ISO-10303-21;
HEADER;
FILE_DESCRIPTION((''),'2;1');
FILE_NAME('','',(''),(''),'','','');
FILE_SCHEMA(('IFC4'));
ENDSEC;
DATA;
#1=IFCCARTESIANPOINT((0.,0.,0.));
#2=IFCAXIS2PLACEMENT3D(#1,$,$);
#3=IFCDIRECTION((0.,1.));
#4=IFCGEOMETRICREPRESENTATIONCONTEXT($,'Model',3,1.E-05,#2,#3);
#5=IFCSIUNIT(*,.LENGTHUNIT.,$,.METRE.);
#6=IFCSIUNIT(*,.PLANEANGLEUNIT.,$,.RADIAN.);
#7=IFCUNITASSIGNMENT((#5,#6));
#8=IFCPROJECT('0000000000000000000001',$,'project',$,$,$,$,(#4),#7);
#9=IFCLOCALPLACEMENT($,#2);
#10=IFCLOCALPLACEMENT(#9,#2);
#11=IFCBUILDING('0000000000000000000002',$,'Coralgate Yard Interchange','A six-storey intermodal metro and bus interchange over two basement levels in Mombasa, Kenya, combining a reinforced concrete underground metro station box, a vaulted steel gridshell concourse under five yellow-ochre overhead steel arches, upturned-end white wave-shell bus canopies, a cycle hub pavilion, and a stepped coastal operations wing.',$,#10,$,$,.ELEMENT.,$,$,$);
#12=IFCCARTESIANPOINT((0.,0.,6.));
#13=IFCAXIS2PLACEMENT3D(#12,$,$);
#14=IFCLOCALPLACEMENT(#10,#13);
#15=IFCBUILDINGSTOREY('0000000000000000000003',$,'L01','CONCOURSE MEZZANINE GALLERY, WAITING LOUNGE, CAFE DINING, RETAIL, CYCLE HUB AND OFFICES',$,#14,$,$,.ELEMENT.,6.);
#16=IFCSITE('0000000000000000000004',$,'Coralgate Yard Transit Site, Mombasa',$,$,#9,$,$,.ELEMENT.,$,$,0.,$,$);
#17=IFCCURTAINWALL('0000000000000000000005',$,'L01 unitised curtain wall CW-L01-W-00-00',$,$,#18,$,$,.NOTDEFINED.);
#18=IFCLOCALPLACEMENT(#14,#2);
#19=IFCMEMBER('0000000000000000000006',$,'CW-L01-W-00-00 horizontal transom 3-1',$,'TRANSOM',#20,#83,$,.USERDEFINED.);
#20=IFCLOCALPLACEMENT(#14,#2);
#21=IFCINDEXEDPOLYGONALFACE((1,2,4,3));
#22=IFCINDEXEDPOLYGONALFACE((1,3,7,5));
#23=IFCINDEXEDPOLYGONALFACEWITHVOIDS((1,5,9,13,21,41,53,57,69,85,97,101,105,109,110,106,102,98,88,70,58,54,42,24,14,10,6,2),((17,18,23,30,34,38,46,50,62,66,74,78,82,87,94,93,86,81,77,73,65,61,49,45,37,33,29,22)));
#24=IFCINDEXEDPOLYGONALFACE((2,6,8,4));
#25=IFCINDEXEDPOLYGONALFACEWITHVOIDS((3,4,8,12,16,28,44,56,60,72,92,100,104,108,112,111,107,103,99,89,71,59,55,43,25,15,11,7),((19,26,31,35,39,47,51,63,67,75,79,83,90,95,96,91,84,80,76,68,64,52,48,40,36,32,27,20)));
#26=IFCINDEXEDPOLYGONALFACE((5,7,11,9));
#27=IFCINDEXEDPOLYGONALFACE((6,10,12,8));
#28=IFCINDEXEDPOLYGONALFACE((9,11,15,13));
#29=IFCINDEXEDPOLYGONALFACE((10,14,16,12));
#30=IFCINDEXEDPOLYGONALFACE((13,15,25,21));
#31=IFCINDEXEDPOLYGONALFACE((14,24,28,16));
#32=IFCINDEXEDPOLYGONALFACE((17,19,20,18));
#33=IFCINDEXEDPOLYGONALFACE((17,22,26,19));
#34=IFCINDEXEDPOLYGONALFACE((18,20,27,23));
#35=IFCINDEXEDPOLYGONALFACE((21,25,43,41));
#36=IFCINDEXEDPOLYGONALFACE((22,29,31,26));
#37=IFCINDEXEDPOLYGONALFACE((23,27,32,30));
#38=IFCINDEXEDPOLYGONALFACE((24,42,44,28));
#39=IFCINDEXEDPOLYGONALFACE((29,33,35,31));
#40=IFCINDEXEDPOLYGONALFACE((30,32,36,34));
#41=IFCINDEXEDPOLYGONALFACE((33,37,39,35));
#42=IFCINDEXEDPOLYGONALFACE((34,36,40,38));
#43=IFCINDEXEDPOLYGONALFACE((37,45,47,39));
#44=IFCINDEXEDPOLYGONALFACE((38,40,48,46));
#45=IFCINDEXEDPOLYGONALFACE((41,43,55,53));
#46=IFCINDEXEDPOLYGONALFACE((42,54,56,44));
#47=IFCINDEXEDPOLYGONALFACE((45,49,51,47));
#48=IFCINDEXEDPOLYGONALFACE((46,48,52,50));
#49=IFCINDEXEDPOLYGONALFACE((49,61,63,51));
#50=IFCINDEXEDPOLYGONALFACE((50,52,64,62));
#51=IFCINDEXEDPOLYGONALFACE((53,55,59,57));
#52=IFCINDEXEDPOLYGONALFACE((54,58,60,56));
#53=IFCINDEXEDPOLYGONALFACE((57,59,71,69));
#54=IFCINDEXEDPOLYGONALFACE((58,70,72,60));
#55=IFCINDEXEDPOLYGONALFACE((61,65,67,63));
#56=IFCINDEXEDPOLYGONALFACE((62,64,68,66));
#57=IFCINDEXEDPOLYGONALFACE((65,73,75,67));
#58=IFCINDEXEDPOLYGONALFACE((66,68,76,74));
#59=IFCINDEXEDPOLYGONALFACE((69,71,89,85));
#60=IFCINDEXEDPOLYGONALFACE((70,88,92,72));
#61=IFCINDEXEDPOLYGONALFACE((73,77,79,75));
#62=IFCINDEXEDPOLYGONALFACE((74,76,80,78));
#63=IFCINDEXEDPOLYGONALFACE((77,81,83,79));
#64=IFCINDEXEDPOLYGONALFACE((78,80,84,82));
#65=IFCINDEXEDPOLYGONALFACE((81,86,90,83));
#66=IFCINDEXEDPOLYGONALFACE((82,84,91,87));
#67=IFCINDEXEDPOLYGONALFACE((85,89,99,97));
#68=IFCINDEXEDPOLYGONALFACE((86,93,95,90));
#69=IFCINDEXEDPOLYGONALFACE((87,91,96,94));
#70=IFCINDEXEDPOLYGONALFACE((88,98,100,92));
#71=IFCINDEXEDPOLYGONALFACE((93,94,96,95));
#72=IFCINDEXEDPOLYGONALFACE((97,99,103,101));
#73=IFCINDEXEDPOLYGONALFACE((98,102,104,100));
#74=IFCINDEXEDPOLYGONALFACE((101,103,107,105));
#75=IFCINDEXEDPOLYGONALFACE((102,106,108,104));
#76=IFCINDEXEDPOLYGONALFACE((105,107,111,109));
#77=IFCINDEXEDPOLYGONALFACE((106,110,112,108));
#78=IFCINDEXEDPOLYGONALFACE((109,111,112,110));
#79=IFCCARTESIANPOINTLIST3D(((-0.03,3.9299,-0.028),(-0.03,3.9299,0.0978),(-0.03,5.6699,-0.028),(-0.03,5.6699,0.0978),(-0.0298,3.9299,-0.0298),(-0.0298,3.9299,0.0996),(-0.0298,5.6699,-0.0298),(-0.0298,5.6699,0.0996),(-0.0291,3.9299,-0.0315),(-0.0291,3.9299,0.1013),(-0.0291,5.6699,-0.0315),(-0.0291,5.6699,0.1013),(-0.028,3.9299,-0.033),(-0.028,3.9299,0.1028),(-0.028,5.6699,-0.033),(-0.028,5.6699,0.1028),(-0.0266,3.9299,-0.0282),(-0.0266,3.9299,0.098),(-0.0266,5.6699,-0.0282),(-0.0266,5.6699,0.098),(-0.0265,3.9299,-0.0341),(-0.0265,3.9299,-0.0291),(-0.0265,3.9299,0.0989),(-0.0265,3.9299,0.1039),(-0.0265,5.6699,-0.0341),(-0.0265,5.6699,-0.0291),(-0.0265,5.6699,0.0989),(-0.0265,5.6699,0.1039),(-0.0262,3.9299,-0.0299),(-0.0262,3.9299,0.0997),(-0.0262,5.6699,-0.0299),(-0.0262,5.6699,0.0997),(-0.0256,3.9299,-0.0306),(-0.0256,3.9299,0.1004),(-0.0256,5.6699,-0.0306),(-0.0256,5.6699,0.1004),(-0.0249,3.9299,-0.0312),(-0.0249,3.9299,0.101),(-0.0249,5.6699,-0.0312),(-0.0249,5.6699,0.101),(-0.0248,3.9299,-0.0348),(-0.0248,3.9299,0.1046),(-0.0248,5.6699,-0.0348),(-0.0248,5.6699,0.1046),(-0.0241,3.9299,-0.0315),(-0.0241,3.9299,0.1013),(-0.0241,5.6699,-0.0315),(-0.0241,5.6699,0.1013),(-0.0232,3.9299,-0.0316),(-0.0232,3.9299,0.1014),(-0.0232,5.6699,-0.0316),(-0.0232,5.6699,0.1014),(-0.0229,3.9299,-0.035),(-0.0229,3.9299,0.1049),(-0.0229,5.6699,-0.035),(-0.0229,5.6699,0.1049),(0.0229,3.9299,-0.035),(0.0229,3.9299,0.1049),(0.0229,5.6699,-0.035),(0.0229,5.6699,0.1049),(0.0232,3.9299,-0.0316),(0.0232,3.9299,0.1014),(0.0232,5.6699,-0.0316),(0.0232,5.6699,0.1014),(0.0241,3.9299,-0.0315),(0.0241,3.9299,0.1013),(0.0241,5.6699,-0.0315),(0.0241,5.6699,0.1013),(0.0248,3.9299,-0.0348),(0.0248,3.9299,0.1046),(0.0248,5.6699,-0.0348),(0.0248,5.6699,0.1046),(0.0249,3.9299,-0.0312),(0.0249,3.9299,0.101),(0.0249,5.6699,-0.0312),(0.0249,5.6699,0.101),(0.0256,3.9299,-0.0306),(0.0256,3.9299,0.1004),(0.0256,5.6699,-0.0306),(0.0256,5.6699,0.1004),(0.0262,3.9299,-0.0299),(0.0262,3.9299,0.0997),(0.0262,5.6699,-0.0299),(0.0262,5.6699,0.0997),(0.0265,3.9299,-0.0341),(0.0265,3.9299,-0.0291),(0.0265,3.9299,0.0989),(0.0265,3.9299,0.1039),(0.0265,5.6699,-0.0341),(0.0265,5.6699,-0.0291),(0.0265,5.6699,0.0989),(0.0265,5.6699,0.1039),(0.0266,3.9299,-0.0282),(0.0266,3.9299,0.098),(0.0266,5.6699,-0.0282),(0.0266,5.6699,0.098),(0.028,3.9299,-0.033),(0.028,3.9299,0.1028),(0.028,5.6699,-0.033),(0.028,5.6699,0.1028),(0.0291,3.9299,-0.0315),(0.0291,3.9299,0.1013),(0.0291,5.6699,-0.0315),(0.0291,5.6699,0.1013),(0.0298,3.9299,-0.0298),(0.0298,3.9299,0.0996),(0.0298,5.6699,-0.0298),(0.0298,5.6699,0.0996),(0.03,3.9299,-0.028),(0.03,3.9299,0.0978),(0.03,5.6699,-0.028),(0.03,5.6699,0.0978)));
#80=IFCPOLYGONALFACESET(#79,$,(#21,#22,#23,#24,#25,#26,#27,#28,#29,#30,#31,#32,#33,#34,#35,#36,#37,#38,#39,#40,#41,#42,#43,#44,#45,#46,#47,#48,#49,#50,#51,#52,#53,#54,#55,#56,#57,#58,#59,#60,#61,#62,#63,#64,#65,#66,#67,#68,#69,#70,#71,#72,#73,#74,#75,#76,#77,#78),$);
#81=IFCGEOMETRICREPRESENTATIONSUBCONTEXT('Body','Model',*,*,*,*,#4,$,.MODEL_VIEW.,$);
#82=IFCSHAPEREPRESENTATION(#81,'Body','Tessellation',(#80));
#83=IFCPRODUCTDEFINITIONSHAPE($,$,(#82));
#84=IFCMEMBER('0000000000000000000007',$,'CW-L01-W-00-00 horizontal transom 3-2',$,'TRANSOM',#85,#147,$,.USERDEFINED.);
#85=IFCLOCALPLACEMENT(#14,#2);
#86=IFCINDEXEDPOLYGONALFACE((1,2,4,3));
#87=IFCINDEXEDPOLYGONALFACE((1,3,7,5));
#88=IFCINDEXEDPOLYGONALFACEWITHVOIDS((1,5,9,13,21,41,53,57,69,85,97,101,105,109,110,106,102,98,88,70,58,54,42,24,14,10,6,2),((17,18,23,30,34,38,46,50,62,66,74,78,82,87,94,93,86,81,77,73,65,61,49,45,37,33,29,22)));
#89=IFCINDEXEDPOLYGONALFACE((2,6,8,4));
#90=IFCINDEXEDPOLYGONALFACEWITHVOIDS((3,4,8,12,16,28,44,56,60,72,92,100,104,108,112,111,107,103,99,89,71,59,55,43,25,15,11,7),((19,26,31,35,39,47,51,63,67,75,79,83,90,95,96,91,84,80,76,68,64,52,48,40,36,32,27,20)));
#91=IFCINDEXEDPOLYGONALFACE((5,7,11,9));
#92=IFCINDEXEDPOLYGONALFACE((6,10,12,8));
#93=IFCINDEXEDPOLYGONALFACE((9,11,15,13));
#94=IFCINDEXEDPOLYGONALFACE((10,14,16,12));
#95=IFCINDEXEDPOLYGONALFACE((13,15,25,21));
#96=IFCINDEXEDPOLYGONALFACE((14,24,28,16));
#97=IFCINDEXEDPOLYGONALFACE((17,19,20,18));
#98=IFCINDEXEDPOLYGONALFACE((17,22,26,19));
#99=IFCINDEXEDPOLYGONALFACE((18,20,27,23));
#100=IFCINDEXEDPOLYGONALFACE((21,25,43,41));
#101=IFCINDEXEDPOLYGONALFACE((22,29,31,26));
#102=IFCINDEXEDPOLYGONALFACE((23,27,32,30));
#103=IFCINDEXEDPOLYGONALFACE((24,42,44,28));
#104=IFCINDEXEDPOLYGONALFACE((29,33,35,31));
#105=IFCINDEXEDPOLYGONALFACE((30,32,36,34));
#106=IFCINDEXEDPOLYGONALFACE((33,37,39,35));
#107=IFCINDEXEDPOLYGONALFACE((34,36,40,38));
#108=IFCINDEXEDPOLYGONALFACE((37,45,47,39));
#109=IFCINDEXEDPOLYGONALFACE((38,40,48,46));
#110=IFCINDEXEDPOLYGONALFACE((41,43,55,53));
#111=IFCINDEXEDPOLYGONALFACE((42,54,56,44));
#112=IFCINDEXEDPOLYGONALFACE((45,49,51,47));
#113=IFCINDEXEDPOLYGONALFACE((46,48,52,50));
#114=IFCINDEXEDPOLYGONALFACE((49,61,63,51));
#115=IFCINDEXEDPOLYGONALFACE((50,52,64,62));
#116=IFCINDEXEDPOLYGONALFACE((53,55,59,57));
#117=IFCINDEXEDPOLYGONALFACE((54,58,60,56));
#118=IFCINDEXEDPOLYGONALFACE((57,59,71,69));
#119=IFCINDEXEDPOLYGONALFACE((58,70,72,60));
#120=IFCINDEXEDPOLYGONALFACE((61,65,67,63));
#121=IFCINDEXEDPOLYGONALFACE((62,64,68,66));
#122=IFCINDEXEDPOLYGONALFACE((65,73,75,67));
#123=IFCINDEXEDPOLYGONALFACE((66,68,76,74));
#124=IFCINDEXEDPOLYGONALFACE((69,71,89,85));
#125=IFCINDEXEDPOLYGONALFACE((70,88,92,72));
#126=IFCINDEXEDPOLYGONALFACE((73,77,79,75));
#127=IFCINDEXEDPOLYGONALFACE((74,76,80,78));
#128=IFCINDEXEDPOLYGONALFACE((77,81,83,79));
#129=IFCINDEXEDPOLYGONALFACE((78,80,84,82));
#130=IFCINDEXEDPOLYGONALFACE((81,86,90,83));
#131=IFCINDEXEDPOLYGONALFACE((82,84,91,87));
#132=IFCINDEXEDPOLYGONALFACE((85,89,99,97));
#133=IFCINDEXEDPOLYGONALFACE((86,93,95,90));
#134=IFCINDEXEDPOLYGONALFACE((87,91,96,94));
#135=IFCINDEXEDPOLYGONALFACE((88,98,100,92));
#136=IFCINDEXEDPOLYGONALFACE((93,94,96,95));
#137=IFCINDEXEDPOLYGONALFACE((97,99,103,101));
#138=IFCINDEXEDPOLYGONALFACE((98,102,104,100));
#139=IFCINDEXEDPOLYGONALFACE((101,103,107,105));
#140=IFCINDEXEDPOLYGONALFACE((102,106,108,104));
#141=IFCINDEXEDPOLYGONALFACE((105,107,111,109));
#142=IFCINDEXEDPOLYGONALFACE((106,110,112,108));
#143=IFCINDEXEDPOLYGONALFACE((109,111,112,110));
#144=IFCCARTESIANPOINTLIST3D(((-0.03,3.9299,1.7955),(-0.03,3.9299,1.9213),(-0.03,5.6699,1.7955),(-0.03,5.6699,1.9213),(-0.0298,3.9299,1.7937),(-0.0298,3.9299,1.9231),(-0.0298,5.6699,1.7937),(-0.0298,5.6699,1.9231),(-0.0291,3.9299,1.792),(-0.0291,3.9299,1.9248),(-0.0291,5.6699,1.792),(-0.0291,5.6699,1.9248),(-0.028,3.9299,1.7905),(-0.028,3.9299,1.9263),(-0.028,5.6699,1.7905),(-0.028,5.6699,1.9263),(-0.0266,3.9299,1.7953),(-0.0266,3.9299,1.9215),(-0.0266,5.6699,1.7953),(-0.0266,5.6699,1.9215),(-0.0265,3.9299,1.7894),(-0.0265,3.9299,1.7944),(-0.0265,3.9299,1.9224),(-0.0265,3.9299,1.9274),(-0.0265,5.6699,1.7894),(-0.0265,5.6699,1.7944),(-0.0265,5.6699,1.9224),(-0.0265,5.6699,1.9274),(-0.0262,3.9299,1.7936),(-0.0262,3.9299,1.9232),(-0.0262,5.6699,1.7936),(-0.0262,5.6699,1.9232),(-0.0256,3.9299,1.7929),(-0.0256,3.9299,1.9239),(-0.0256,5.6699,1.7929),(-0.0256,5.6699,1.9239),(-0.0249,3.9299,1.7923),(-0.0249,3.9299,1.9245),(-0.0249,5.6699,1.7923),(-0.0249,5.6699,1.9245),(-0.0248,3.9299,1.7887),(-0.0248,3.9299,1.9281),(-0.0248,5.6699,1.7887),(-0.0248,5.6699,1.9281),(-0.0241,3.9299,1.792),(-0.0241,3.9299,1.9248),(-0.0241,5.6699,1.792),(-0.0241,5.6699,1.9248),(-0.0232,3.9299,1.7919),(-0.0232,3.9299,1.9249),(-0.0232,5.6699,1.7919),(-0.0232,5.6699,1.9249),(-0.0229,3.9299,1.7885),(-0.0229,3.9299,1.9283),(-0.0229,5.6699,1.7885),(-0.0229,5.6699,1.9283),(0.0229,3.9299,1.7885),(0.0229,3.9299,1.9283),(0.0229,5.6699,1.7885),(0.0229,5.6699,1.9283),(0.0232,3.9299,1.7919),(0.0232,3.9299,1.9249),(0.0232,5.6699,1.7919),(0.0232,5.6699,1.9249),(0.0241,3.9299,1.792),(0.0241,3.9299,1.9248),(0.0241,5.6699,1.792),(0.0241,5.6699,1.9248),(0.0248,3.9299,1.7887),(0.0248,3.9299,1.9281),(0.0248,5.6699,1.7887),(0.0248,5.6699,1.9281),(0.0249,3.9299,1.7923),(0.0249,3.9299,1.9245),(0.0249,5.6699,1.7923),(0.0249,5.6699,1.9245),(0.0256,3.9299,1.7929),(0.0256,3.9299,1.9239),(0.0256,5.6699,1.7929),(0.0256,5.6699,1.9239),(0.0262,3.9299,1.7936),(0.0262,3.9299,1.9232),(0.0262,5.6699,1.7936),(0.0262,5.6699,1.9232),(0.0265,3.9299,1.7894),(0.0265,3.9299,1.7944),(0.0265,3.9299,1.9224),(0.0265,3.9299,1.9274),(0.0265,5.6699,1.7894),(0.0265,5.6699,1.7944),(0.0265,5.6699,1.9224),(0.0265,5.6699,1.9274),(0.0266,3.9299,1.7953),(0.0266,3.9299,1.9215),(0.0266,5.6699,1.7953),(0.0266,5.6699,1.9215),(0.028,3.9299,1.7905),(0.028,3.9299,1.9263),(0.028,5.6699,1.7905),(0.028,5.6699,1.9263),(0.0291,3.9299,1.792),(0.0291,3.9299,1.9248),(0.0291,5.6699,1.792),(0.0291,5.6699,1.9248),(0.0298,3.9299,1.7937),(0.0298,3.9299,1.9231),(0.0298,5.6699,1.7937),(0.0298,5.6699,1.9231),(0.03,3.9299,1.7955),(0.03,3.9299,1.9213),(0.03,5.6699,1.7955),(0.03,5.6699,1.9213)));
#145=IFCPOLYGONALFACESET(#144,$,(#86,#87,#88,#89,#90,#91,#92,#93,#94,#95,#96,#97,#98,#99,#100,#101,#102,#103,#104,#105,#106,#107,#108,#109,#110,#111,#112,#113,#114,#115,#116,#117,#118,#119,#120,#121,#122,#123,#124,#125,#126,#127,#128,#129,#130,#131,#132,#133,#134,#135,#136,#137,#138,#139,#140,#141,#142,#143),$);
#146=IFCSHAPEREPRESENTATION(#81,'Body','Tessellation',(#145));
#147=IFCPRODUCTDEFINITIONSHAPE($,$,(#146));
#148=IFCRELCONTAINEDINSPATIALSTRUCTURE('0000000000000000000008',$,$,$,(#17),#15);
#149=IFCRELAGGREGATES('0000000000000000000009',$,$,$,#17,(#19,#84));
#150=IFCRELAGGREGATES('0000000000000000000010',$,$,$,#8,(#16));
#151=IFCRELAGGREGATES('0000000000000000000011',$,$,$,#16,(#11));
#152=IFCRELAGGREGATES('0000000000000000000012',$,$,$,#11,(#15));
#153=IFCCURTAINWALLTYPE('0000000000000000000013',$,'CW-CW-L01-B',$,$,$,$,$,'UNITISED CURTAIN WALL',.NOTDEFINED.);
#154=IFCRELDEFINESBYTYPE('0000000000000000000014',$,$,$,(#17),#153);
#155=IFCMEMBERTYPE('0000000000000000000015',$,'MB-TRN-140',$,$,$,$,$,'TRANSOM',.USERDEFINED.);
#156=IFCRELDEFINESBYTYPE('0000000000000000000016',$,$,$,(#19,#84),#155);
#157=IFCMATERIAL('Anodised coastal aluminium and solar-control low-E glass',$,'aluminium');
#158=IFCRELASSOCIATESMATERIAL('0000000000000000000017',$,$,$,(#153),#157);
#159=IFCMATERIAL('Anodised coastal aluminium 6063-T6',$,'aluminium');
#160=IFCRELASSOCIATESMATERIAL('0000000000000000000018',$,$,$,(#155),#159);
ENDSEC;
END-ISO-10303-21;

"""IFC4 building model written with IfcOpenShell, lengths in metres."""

from ifc_helpers import new_model, si_unit, direction, frame, origin, origin_2d, place, context, subcontext, project, spatial, hollow_rectangle, extrude, material, material_profile, profile_set, type_object, element, aggregate, save


model = new_model("IFC4")

# Units and contexts
model_context = context("Model", 3, precision=1e-05, world=origin(), true_north=direction((0.0, 1.0)))
body_context = subcontext(model_context, "Body", "Model", "MODEL_VIEW")
ifc_project = project(units=[si_unit("LENGTHUNIT", "METRE"), si_unit("PLANEANGLEUNIT", "RADIAN")], contexts=[model_context])

# Site, building, storey
site_placement = place(None, origin())
site = spatial("IfcSite", under=ifc_project, at=site_placement, Name="Coralgate Yard Transit Site, Mombasa", CompositionType="ELEMENT", RefElevation=0.0)
building_placement = place(site_placement, origin())
building = spatial("IfcBuilding", under=site, at=building_placement, Name="Coralgate Yard Interchange", Description="A six-storey intermodal metro and bus interchange over two basement levels in Mombasa, Kenya, combining a reinforced concrete underground metro station box, a vaulted steel gridshell concourse under five yellow-ochre overhead steel arches, upturned-end white wave-shell bus canopies, a cycle hub pavilion, and a stepped coastal operations wing.", CompositionType="ELEMENT")
storey_placement = place(building_placement, frame((0.0, 0.0, 6.0)))
storey = spatial("IfcBuildingStorey", under=building, at=storey_placement, Name="L01", Description="CONCOURSE MEZZANINE GALLERY, WAITING LOUNGE, CAFE DINING, RETAIL, CYCLE HUB AND OFFICES", CompositionType="ELEMENT", Elevation=6.0)

# Curtain wall, members
ifc_material_1 = material(Name="Anodised coastal aluminium and solar-control low-E glass", Category="aluminium")
curtain_wall_type = type_object("IfcCurtainWallType", Name="CW-CW-L01-B", ElementType="UNITISED CURTAIN WALL", PredefinedType="NOTDEFINED", material=ifc_material_1)
curtain_wall_placement = place(storey_placement, origin())
curtain_wall = element("IfcCurtainWall", 1, at=curtain_wall_placement, inside=storey, type_object=curtain_wall_type, Name="L01 unitised curtain wall CW-L01-W-00-00", PredefinedType="NOTDEFINED")
ifc_material_2 = material(Name="Anodised coastal aluminium 6063-T6", Category="aluminium")
ifc_material_profile_1 = material_profile(ifc_material_2, hollow_rectangle(XDim=0.0601, YDim=0.1399, WallThickness=0.0034, InnerFilletRadius=0.0034, OuterFilletRadius=0.0071, at=origin_2d()), Name="ALU 60x140x3.5")
ifc_profile_set_1 = profile_set([ifc_material_profile_1], Name="Anodised coastal aluminium 6063-T6")
member_type_1 = type_object("IfcMemberType", Name="MB-TRN-140", ElementType="TRANSOM", PredefinedType="USERDEFINED", material=ifc_profile_set_1)
member_1_placement = place(storey_placement, frame((0.0, 3.9299, 0.0349), z_axis=(0.0, 1.0, 0.0), x_axis=(-1.0, 0.0, 0.0)))
member_1 = element("IfcMember", 2, at=member_1_placement, type_object=member_type_1, Name="CW-L01-W-00-00 horizontal transom 3-1", ObjectType="TRANSOM", PredefinedType="USERDEFINED", context=body_context, shape_type="SweptSolid", body=[
    extrude(hollow_rectangle(XDim=0.0601, YDim=0.1399, WallThickness=0.0034, InnerFilletRadius=0.0034, OuterFilletRadius=0.0071, at=origin_2d()), origin(), (0.0, 0.0, 1.0), 1.74),
])
member_2_placement = place(storey_placement, frame((0.0, 3.9299, 1.8584), z_axis=(0.0, 1.0, 0.0), x_axis=(-1.0, 0.0, 0.0)))
member_2 = element("IfcMember", 3, at=member_2_placement, type_object=member_type_1, Name="CW-L01-W-00-00 horizontal transom 3-2", ObjectType="TRANSOM", PredefinedType="USERDEFINED", context=body_context, shape_type="SweptSolid", body=[
    extrude(hollow_rectangle(XDim=0.0601, YDim=0.1399, WallThickness=0.0034, InnerFilletRadius=0.0034, OuterFilletRadius=0.0071, at=origin_2d()), origin(), (0.0, 0.0, 1.0), 1.74),
])
aggregate(curtain_wall, [member_1, member_2])

save(model, "model.ifc")
